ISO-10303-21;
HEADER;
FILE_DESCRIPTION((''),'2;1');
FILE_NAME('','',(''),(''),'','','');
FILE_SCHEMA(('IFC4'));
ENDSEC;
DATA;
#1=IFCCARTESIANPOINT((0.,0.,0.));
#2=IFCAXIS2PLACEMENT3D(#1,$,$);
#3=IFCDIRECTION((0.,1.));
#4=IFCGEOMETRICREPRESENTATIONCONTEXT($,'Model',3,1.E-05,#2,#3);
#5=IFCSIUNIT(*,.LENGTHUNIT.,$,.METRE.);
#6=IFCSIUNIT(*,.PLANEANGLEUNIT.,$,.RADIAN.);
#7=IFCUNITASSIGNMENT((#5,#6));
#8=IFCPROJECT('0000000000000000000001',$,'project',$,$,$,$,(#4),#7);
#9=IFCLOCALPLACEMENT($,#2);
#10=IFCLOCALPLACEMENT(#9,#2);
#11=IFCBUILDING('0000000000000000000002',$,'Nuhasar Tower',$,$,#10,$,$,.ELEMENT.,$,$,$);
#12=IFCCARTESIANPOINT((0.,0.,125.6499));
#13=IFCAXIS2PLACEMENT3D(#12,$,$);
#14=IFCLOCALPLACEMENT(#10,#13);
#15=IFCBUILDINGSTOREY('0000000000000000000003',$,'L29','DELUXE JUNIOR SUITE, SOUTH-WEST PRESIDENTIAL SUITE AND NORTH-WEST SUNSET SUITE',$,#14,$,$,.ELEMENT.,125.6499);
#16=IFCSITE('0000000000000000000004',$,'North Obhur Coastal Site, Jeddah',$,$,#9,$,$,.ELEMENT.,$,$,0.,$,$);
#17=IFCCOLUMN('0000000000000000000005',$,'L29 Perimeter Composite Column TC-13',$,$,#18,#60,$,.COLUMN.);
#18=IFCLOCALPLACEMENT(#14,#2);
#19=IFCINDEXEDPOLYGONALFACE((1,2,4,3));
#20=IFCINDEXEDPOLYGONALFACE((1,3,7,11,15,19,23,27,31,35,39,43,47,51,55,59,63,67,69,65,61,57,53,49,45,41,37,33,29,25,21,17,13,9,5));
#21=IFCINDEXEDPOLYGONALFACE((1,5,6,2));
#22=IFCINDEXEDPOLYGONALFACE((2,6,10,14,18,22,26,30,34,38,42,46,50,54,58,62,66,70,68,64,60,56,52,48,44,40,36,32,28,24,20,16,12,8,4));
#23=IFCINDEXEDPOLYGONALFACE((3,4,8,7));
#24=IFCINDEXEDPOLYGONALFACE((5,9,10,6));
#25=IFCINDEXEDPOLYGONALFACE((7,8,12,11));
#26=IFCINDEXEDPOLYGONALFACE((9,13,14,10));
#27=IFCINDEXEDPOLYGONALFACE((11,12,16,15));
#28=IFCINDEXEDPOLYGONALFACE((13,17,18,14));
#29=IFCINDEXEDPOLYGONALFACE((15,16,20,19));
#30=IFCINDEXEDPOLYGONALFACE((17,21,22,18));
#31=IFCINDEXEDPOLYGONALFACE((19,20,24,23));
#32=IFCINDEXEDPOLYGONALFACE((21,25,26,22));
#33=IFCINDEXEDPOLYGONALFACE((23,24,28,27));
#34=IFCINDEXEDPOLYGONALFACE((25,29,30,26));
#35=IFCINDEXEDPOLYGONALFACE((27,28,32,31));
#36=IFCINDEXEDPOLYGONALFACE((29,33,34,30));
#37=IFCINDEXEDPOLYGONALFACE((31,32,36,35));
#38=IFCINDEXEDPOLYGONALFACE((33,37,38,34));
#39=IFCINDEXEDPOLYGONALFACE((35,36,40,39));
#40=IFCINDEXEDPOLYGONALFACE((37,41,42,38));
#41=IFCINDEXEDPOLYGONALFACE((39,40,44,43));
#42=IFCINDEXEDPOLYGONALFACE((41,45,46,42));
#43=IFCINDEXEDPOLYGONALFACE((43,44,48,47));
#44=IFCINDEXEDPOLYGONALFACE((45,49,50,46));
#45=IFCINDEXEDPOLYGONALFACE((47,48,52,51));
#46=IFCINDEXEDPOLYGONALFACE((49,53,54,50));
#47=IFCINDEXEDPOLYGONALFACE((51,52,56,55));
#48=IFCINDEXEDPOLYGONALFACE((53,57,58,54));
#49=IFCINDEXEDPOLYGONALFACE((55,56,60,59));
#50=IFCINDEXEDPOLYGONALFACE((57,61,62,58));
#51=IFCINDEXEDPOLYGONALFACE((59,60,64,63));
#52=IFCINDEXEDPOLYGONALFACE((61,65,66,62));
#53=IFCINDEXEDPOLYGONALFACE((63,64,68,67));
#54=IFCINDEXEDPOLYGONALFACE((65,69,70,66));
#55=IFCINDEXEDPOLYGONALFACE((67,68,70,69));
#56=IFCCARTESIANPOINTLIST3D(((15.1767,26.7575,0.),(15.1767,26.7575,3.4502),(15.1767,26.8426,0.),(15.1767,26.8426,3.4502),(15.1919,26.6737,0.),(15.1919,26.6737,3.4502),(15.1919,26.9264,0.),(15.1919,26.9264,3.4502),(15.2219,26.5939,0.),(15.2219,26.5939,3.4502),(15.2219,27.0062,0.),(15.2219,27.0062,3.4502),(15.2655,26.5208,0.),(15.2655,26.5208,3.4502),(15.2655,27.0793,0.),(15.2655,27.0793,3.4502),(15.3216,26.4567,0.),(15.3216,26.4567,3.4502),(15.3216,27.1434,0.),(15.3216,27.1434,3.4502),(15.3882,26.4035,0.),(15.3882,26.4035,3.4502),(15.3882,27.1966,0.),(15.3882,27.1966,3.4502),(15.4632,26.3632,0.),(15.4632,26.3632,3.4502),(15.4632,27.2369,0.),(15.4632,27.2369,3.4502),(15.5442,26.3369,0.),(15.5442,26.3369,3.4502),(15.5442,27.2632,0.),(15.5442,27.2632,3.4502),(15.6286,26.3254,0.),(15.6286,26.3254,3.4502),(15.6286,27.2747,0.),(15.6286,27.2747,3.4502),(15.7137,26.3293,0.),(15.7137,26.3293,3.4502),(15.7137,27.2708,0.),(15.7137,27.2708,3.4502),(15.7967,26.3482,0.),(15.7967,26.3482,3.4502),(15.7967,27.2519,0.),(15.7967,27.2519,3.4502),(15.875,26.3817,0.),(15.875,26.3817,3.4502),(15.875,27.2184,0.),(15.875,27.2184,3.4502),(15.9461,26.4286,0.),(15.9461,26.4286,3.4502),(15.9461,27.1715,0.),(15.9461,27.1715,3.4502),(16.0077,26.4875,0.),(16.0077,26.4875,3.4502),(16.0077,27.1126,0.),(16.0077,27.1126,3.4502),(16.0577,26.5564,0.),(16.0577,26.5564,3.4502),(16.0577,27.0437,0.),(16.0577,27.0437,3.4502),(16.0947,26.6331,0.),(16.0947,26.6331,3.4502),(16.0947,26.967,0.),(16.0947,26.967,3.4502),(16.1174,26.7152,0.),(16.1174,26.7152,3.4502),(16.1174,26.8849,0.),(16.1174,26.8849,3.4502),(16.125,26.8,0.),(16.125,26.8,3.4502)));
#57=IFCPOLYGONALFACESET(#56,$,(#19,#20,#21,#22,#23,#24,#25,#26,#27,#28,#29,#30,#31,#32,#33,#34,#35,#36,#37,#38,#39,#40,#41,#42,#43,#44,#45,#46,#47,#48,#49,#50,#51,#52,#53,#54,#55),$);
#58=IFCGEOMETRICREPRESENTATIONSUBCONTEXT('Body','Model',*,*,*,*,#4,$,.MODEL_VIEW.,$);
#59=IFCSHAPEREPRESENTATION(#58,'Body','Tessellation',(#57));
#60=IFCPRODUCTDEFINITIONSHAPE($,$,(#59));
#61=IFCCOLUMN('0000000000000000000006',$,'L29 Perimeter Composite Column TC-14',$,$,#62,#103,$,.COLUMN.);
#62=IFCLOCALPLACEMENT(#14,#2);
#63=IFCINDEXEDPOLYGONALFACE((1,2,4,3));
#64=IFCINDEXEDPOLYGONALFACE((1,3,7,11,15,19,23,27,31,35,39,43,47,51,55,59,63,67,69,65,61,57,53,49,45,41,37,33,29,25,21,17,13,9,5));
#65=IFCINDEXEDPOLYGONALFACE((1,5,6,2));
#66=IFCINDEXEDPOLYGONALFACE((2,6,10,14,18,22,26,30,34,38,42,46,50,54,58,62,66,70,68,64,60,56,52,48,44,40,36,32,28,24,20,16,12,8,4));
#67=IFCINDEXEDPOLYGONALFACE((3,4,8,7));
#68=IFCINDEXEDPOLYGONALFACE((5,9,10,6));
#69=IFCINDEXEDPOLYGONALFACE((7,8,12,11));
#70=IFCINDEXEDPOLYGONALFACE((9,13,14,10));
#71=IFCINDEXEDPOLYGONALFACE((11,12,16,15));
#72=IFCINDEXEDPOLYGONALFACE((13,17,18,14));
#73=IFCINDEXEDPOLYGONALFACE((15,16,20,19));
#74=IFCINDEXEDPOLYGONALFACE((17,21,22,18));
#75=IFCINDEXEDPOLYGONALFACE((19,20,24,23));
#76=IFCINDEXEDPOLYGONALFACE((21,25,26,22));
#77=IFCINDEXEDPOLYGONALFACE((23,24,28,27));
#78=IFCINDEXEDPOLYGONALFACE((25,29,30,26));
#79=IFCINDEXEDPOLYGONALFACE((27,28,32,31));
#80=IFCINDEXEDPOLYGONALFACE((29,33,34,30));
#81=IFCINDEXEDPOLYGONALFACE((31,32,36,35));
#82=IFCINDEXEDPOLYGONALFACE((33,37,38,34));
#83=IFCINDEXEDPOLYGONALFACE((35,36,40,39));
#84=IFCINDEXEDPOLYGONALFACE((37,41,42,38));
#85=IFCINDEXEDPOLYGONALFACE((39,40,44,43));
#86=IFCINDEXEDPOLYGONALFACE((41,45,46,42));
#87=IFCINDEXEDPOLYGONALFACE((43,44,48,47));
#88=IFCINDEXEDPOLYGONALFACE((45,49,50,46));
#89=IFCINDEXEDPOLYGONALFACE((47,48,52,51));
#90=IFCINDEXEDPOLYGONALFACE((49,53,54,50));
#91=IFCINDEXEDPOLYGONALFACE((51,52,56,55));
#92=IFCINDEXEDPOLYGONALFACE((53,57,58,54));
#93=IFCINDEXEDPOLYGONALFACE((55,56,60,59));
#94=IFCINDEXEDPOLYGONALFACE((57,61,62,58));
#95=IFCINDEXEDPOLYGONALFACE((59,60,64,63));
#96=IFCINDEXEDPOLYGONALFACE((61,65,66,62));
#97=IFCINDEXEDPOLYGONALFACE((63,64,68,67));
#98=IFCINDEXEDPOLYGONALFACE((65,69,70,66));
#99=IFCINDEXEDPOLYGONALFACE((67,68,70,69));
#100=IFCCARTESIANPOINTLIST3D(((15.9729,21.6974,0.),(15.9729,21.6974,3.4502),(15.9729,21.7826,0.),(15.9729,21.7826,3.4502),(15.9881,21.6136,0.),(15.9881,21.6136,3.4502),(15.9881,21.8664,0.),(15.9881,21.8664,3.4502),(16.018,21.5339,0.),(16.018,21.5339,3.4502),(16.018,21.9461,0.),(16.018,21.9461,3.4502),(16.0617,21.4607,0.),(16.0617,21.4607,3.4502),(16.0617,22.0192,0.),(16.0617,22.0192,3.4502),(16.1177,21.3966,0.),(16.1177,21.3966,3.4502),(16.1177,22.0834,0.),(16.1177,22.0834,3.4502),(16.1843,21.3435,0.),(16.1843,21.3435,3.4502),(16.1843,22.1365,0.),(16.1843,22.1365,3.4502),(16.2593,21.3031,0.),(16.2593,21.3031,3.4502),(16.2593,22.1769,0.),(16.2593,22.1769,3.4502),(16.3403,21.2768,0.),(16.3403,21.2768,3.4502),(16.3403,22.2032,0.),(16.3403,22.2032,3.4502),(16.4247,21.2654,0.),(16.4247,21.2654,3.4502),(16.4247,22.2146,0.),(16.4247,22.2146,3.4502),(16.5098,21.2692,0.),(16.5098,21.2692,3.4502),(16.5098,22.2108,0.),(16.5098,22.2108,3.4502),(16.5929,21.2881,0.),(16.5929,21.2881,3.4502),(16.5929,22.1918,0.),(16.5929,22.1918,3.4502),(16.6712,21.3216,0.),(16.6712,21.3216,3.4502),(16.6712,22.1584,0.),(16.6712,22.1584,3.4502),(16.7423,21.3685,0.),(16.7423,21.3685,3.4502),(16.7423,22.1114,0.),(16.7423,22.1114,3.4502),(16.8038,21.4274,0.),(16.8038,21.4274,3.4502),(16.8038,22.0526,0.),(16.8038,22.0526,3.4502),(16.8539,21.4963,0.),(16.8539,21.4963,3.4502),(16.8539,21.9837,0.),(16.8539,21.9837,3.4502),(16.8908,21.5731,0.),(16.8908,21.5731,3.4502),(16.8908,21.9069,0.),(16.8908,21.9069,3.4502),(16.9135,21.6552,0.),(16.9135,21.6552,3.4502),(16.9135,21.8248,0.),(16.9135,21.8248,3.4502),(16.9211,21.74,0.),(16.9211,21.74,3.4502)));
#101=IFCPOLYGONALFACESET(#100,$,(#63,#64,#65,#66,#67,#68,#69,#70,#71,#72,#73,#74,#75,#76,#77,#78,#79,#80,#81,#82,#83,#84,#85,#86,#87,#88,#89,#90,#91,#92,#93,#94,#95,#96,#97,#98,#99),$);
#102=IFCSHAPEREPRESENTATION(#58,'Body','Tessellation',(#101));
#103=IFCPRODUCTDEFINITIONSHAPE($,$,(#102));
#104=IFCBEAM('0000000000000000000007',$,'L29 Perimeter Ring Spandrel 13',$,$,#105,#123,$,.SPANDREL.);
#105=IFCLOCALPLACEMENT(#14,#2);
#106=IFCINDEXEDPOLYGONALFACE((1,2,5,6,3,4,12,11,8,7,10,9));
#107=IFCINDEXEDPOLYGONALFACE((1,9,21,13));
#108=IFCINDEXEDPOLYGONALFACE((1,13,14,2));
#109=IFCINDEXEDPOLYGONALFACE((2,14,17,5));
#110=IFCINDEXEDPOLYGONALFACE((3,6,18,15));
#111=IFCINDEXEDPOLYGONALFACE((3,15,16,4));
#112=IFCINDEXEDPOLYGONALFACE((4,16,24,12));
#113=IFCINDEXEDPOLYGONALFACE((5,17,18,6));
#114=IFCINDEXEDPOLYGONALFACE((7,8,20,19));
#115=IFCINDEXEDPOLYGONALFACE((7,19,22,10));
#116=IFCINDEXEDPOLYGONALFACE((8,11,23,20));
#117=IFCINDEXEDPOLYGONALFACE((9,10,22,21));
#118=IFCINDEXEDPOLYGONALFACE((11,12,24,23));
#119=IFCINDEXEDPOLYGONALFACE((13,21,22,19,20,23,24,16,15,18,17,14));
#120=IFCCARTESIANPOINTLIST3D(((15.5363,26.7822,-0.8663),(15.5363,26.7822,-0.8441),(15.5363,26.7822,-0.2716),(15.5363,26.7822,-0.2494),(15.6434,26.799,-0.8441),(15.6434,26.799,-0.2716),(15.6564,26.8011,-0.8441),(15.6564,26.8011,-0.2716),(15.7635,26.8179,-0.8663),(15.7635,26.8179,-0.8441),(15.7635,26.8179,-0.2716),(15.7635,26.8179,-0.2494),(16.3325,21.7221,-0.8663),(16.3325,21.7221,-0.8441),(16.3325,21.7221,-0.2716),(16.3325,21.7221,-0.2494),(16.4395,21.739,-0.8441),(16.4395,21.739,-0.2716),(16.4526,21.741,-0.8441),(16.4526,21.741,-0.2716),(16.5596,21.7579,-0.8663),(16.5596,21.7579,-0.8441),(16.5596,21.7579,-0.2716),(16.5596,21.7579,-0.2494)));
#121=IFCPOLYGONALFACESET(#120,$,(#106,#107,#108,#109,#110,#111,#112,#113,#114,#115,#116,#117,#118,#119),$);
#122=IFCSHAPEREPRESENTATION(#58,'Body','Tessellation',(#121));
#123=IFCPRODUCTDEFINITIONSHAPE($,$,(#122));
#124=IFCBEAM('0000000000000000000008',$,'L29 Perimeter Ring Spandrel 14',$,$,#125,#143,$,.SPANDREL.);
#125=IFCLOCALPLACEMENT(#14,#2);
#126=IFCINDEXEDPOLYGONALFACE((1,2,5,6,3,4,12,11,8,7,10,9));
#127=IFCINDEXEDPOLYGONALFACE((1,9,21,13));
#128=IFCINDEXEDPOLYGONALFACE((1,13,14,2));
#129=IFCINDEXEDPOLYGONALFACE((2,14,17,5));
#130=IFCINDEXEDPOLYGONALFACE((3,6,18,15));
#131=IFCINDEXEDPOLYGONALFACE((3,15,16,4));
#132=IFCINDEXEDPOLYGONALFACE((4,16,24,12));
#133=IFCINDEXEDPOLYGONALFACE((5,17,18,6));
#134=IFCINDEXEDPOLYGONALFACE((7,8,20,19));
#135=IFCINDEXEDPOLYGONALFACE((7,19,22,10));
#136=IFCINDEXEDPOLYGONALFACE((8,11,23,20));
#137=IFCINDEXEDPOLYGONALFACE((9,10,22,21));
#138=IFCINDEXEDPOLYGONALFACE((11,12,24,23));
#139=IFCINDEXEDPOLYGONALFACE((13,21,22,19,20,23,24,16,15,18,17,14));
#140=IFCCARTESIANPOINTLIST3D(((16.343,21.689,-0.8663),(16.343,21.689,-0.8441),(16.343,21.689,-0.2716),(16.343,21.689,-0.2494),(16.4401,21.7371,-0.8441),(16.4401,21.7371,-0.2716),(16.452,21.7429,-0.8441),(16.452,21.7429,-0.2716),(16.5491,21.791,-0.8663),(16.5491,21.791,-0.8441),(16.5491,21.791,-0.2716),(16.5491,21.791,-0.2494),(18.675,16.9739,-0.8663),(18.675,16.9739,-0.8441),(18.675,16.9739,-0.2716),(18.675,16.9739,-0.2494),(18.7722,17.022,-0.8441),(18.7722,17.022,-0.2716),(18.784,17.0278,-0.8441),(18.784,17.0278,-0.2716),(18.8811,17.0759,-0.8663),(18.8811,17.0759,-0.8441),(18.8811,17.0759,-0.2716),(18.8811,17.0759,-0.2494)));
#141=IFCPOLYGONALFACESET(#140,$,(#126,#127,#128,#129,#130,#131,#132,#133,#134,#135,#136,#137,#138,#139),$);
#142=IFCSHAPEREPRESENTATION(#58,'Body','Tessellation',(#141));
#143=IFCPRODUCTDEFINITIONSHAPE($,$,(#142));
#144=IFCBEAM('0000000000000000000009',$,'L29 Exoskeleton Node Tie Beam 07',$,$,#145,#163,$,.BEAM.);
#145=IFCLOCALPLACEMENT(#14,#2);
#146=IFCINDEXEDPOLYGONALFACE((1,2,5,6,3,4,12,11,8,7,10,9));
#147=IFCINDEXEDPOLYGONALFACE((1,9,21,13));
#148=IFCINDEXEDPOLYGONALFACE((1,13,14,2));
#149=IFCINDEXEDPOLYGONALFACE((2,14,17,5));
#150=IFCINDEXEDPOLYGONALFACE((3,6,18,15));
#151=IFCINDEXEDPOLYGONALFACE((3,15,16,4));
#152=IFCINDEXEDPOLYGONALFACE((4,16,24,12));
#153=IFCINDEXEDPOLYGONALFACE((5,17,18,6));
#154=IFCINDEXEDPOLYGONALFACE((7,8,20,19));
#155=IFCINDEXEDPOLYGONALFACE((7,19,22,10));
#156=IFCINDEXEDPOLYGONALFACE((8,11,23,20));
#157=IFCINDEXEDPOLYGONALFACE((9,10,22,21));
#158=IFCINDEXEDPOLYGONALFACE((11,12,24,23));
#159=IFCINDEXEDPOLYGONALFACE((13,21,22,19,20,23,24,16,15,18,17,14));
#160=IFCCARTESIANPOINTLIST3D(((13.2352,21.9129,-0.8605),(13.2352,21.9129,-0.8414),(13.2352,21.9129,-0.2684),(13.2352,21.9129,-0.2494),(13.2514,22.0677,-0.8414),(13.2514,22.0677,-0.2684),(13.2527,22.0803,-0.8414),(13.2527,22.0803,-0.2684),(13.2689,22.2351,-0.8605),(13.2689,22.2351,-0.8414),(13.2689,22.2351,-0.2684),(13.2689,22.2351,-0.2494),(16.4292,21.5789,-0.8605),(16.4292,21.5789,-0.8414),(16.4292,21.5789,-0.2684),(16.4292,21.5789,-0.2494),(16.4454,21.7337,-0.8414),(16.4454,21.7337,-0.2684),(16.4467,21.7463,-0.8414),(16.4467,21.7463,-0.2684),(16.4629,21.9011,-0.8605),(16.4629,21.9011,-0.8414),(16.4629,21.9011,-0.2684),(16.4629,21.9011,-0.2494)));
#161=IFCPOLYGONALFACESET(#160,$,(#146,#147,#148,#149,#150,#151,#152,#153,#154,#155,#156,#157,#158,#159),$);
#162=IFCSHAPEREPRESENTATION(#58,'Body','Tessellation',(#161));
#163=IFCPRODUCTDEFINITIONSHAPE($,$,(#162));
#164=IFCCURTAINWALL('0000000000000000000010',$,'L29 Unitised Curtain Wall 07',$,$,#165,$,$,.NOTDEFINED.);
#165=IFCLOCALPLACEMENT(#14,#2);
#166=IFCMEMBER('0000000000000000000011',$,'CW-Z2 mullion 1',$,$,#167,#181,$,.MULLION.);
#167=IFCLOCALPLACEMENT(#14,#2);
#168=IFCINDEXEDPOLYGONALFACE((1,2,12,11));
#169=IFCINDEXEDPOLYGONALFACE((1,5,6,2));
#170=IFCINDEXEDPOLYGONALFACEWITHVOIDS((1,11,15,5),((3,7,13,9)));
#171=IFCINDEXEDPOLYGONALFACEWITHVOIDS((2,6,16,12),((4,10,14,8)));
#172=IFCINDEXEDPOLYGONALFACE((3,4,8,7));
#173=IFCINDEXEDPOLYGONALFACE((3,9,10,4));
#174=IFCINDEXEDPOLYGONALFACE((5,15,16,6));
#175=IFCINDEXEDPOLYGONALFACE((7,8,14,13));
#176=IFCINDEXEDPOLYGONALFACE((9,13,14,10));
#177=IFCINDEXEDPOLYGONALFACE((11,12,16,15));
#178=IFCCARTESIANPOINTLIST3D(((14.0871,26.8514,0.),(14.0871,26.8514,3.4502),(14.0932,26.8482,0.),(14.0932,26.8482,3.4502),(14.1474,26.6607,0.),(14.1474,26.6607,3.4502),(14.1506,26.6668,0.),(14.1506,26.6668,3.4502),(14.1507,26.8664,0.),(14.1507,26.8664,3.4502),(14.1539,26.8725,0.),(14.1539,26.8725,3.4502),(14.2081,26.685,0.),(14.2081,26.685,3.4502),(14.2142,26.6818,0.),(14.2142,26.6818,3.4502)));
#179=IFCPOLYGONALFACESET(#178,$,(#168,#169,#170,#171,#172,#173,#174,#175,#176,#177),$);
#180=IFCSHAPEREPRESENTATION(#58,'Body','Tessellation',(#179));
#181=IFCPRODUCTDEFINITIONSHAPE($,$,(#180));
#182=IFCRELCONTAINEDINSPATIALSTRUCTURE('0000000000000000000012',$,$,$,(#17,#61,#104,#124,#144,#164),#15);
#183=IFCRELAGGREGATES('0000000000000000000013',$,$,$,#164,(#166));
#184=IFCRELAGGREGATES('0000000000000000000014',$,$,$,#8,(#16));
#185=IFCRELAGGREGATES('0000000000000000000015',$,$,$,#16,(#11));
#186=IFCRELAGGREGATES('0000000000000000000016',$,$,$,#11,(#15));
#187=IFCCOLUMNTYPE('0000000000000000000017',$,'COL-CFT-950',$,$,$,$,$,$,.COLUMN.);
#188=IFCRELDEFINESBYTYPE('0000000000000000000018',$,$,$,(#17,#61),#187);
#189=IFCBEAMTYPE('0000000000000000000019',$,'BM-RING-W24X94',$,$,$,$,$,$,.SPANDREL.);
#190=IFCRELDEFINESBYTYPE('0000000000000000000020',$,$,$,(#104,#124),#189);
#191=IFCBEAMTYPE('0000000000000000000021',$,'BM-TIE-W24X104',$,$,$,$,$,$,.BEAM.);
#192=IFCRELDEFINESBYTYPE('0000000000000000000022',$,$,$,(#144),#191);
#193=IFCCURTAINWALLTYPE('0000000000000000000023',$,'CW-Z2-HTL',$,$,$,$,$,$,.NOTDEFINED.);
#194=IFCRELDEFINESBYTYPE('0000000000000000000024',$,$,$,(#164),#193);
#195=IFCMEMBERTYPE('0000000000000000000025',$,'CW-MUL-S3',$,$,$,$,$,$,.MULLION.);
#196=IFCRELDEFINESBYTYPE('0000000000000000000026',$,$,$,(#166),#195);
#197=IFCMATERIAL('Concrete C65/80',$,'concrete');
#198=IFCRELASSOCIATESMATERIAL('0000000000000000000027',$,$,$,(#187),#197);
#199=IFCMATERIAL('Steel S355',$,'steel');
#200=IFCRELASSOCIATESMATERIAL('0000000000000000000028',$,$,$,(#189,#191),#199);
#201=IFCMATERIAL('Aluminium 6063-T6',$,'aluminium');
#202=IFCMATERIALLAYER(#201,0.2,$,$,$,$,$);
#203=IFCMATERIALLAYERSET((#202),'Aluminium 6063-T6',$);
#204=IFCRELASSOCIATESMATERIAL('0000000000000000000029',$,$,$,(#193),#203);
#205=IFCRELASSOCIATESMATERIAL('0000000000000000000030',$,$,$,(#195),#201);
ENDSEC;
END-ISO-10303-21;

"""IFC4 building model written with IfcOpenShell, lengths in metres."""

from ifc_helpers import new_model, si_unit, direction, frame, origin, origin_2d, place, context, subcontext, project, spatial, hollow_rectangle, circle, i_section, extrude, material, layer, layer_set, material_profile, profile_set, type_object, element, aggregate, save


model = new_model("IFC4")

# Units and contexts
model_context = context("Model", 3, precision=1e-05, world=origin(), true_north=direction((0.0, 1.0)))
body_context = subcontext(model_context, "Body", "Model", "MODEL_VIEW")
ifc_project = project(units=[si_unit("LENGTHUNIT", "METRE"), si_unit("PLANEANGLEUNIT", "RADIAN")], contexts=[model_context])

# Site, building, storey
site_placement = place(None, origin())
site = spatial("IfcSite", under=ifc_project, at=site_placement, Name="North Obhur Coastal Site, Jeddah", CompositionType="ELEMENT", RefElevation=0.0)
building_placement = place(site_placement, origin())
building = spatial("IfcBuilding", under=site, at=building_placement, Name="Nuhasar Tower", CompositionType="ELEMENT")
storey_placement = place(building_placement, frame((0.0, 0.0, 125.6499)))
storey = spatial("IfcBuildingStorey", under=building, at=storey_placement, Name="L29", Description="DELUXE JUNIOR SUITE, SOUTH-WEST PRESIDENTIAL SUITE AND NORTH-WEST SUNSET SUITE", CompositionType="ELEMENT", Elevation=125.6499)

# Columns
ifc_material_1 = material(Name="Concrete C65/80", Category="concrete")
ifc_material_profile_1 = material_profile(ifc_material_1, circle(Radius=0.4751, at=origin_2d()), Name="CFT950")
ifc_profile_set_1 = profile_set([ifc_material_profile_1], Name="Concrete C65/80")
column_type = type_object("IfcColumnType", Name="COL-CFT-950", PredefinedType="COLUMN", material=ifc_profile_set_1)
for number, where, z_axis, x_axis, name in (
    (1, (15.6499, 26.8, 0.0), (0.0, 0.0, 1.0), (1.0, 0.0, 0.0), "L29 Perimeter Composite Column TC-13"),
    (2, (16.446, 21.74, 0.0), (0.0, 0.0, 1.0), (1.0, 0.0, 0.0), "L29 Perimeter Composite Column TC-14"),
):
    element("IfcColumn", number, at=place(storey_placement, frame(where, z_axis=z_axis, x_axis=x_axis)), inside=storey, type_object=column_type, Name=name, PredefinedType="COLUMN", context=body_context, shape_type="SweptSolid", body=[
        extrude(circle(Radius=0.4751, at=origin_2d()), origin(), (0.0, 0.0, 1.0), 3.4502),
    ])

# Beams
ifc_material_2 = material(Name="Steel S355", Category="steel")
ifc_material_profile_2 = material_profile(ifc_material_2, i_section(OverallWidth=0.23, OverallDepth=0.6169, WebThickness=0.0132, FlangeThickness=0.0222, at=origin_2d()), Name="W24X94")
ifc_profile_set_2 = profile_set([ifc_material_profile_2], Name="Steel S355")
beam_type_1 = type_object("IfcBeamType", Name="BM-RING-W24X94", PredefinedType="SPANDREL", material=ifc_profile_set_2)
beam_1_placement = place(storey_placement, frame((15.6499, 26.8, -0.5579), z_axis=(0.155427, -0.987847, 0.0), x_axis=(0.987847, 0.155427, 0.0)))
element("IfcBeam", 3, at=beam_1_placement, inside=storey, type_object=beam_type_1, Name="L29 Perimeter Ring Spandrel 13", PredefinedType="SPANDREL", context=body_context, shape_type="SweptSolid", body=[
    extrude(i_section(OverallWidth=0.23, OverallDepth=0.6169, WebThickness=0.0132, FlangeThickness=0.0222, at=origin_2d()), origin(), (0.0, 0.0, 1.0), 5.1223),
])
beam_2_placement = place(storey_placement, frame((16.446, 21.74, -0.5579), z_axis=(0.443329, -0.896359, 0.0), x_axis=(0.896359, 0.443329, 0.0)))
element("IfcBeam", 4, at=beam_2_placement, inside=storey, type_object=beam_type_1, Name="L29 Perimeter Ring Spandrel 14", PredefinedType="SPANDREL", context=body_context, shape_type="SweptSolid", body=[
    extrude(i_section(OverallWidth=0.23, OverallDepth=0.6169, WebThickness=0.0132, FlangeThickness=0.0222, at=origin_2d()), origin(), (0.0, 0.0, 1.0), 5.2603),
])
ifc_material_profile_3 = material_profile(ifc_material_2, i_section(OverallWidth=0.324, OverallDepth=0.6111, WebThickness=0.0127, FlangeThickness=0.019, at=origin_2d()), Name="W24X104")
ifc_profile_set_3 = profile_set([ifc_material_profile_3], Name="Steel S355")
beam_type_2 = type_object("IfcBeamType", Name="BM-TIE-W24X104", PredefinedType="BEAM", material=ifc_profile_set_3)
beam_3_placement = place(storey_placement, frame((16.446, 21.74, -0.5549), z_axis=(-0.994578, 0.103996, 0.0), x_axis=(-0.103996, -0.994578, 0.0)))
element("IfcBeam", 5, at=beam_3_placement, inside=storey, type_object=beam_type_2, Name="L29 Exoskeleton Node Tie Beam 07", PredefinedType="BEAM", context=body_context, shape_type="SweptSolid", body=[
    extrude(i_section(OverallWidth=0.324, OverallDepth=0.6111, WebThickness=0.0127, FlangeThickness=0.019, at=origin_2d()), origin(), (0.0, 0.0, 1.0), 3.2114),
])

# Curtain wall, member
ifc_material_3 = material(Name="Aluminium 6063-T6", Category="aluminium")
ifc_layer_1 = layer(ifc_material_3, 0.2)
ifc_layer_set_1 = layer_set([ifc_layer_1], Name="Aluminium 6063-T6")
curtain_wall_type = type_object("IfcCurtainWallType", Name="CW-Z2-HTL", PredefinedType="NOTDEFINED", material=ifc_layer_set_1)
curtain_wall_1_placement = place(storey_placement, origin())
curtain_wall_1 = element("IfcCurtainWall", 6, at=curtain_wall_1_placement, inside=storey, type_object=curtain_wall_type, Name="L29 Unitised Curtain Wall 07", PredefinedType="NOTDEFINED")
ifc_material_profile_4 = material_profile(ifc_material_3, hollow_rectangle(XDim=0.0701, YDim=0.2, WallThickness=0.0049, at=origin_2d()), Name="CWM-3")
ifc_profile_set_4 = profile_set([ifc_material_profile_4], Name="Aluminium 6063-T6")
member_type_1 = type_object("IfcMemberType", Name="CW-MUL-S3", PredefinedType="MULLION", material=ifc_profile_set_4)
member_1_placement = place(storey_placement, frame((14.1506, 26.7666, 0.0), z_axis=(0.0, 0.0, 1.0), x_axis=(0.953433, 0.301604, 0.0)))
member_1 = element("IfcMember", 7, at=member_1_placement, type_object=member_type_1, Name="CW-Z2 mullion 1", PredefinedType="MULLION", context=body_context, shape_type="SweptSolid", body=[
    extrude(hollow_rectangle(XDim=0.0701, YDim=0.2, WallThickness=0.0049, at=origin_2d()), origin(), (0.0, 0.0, 1.0), 3.4502),
])

aggregate(curtain_wall_1, [member_1])

save(model, "model.ifc")
